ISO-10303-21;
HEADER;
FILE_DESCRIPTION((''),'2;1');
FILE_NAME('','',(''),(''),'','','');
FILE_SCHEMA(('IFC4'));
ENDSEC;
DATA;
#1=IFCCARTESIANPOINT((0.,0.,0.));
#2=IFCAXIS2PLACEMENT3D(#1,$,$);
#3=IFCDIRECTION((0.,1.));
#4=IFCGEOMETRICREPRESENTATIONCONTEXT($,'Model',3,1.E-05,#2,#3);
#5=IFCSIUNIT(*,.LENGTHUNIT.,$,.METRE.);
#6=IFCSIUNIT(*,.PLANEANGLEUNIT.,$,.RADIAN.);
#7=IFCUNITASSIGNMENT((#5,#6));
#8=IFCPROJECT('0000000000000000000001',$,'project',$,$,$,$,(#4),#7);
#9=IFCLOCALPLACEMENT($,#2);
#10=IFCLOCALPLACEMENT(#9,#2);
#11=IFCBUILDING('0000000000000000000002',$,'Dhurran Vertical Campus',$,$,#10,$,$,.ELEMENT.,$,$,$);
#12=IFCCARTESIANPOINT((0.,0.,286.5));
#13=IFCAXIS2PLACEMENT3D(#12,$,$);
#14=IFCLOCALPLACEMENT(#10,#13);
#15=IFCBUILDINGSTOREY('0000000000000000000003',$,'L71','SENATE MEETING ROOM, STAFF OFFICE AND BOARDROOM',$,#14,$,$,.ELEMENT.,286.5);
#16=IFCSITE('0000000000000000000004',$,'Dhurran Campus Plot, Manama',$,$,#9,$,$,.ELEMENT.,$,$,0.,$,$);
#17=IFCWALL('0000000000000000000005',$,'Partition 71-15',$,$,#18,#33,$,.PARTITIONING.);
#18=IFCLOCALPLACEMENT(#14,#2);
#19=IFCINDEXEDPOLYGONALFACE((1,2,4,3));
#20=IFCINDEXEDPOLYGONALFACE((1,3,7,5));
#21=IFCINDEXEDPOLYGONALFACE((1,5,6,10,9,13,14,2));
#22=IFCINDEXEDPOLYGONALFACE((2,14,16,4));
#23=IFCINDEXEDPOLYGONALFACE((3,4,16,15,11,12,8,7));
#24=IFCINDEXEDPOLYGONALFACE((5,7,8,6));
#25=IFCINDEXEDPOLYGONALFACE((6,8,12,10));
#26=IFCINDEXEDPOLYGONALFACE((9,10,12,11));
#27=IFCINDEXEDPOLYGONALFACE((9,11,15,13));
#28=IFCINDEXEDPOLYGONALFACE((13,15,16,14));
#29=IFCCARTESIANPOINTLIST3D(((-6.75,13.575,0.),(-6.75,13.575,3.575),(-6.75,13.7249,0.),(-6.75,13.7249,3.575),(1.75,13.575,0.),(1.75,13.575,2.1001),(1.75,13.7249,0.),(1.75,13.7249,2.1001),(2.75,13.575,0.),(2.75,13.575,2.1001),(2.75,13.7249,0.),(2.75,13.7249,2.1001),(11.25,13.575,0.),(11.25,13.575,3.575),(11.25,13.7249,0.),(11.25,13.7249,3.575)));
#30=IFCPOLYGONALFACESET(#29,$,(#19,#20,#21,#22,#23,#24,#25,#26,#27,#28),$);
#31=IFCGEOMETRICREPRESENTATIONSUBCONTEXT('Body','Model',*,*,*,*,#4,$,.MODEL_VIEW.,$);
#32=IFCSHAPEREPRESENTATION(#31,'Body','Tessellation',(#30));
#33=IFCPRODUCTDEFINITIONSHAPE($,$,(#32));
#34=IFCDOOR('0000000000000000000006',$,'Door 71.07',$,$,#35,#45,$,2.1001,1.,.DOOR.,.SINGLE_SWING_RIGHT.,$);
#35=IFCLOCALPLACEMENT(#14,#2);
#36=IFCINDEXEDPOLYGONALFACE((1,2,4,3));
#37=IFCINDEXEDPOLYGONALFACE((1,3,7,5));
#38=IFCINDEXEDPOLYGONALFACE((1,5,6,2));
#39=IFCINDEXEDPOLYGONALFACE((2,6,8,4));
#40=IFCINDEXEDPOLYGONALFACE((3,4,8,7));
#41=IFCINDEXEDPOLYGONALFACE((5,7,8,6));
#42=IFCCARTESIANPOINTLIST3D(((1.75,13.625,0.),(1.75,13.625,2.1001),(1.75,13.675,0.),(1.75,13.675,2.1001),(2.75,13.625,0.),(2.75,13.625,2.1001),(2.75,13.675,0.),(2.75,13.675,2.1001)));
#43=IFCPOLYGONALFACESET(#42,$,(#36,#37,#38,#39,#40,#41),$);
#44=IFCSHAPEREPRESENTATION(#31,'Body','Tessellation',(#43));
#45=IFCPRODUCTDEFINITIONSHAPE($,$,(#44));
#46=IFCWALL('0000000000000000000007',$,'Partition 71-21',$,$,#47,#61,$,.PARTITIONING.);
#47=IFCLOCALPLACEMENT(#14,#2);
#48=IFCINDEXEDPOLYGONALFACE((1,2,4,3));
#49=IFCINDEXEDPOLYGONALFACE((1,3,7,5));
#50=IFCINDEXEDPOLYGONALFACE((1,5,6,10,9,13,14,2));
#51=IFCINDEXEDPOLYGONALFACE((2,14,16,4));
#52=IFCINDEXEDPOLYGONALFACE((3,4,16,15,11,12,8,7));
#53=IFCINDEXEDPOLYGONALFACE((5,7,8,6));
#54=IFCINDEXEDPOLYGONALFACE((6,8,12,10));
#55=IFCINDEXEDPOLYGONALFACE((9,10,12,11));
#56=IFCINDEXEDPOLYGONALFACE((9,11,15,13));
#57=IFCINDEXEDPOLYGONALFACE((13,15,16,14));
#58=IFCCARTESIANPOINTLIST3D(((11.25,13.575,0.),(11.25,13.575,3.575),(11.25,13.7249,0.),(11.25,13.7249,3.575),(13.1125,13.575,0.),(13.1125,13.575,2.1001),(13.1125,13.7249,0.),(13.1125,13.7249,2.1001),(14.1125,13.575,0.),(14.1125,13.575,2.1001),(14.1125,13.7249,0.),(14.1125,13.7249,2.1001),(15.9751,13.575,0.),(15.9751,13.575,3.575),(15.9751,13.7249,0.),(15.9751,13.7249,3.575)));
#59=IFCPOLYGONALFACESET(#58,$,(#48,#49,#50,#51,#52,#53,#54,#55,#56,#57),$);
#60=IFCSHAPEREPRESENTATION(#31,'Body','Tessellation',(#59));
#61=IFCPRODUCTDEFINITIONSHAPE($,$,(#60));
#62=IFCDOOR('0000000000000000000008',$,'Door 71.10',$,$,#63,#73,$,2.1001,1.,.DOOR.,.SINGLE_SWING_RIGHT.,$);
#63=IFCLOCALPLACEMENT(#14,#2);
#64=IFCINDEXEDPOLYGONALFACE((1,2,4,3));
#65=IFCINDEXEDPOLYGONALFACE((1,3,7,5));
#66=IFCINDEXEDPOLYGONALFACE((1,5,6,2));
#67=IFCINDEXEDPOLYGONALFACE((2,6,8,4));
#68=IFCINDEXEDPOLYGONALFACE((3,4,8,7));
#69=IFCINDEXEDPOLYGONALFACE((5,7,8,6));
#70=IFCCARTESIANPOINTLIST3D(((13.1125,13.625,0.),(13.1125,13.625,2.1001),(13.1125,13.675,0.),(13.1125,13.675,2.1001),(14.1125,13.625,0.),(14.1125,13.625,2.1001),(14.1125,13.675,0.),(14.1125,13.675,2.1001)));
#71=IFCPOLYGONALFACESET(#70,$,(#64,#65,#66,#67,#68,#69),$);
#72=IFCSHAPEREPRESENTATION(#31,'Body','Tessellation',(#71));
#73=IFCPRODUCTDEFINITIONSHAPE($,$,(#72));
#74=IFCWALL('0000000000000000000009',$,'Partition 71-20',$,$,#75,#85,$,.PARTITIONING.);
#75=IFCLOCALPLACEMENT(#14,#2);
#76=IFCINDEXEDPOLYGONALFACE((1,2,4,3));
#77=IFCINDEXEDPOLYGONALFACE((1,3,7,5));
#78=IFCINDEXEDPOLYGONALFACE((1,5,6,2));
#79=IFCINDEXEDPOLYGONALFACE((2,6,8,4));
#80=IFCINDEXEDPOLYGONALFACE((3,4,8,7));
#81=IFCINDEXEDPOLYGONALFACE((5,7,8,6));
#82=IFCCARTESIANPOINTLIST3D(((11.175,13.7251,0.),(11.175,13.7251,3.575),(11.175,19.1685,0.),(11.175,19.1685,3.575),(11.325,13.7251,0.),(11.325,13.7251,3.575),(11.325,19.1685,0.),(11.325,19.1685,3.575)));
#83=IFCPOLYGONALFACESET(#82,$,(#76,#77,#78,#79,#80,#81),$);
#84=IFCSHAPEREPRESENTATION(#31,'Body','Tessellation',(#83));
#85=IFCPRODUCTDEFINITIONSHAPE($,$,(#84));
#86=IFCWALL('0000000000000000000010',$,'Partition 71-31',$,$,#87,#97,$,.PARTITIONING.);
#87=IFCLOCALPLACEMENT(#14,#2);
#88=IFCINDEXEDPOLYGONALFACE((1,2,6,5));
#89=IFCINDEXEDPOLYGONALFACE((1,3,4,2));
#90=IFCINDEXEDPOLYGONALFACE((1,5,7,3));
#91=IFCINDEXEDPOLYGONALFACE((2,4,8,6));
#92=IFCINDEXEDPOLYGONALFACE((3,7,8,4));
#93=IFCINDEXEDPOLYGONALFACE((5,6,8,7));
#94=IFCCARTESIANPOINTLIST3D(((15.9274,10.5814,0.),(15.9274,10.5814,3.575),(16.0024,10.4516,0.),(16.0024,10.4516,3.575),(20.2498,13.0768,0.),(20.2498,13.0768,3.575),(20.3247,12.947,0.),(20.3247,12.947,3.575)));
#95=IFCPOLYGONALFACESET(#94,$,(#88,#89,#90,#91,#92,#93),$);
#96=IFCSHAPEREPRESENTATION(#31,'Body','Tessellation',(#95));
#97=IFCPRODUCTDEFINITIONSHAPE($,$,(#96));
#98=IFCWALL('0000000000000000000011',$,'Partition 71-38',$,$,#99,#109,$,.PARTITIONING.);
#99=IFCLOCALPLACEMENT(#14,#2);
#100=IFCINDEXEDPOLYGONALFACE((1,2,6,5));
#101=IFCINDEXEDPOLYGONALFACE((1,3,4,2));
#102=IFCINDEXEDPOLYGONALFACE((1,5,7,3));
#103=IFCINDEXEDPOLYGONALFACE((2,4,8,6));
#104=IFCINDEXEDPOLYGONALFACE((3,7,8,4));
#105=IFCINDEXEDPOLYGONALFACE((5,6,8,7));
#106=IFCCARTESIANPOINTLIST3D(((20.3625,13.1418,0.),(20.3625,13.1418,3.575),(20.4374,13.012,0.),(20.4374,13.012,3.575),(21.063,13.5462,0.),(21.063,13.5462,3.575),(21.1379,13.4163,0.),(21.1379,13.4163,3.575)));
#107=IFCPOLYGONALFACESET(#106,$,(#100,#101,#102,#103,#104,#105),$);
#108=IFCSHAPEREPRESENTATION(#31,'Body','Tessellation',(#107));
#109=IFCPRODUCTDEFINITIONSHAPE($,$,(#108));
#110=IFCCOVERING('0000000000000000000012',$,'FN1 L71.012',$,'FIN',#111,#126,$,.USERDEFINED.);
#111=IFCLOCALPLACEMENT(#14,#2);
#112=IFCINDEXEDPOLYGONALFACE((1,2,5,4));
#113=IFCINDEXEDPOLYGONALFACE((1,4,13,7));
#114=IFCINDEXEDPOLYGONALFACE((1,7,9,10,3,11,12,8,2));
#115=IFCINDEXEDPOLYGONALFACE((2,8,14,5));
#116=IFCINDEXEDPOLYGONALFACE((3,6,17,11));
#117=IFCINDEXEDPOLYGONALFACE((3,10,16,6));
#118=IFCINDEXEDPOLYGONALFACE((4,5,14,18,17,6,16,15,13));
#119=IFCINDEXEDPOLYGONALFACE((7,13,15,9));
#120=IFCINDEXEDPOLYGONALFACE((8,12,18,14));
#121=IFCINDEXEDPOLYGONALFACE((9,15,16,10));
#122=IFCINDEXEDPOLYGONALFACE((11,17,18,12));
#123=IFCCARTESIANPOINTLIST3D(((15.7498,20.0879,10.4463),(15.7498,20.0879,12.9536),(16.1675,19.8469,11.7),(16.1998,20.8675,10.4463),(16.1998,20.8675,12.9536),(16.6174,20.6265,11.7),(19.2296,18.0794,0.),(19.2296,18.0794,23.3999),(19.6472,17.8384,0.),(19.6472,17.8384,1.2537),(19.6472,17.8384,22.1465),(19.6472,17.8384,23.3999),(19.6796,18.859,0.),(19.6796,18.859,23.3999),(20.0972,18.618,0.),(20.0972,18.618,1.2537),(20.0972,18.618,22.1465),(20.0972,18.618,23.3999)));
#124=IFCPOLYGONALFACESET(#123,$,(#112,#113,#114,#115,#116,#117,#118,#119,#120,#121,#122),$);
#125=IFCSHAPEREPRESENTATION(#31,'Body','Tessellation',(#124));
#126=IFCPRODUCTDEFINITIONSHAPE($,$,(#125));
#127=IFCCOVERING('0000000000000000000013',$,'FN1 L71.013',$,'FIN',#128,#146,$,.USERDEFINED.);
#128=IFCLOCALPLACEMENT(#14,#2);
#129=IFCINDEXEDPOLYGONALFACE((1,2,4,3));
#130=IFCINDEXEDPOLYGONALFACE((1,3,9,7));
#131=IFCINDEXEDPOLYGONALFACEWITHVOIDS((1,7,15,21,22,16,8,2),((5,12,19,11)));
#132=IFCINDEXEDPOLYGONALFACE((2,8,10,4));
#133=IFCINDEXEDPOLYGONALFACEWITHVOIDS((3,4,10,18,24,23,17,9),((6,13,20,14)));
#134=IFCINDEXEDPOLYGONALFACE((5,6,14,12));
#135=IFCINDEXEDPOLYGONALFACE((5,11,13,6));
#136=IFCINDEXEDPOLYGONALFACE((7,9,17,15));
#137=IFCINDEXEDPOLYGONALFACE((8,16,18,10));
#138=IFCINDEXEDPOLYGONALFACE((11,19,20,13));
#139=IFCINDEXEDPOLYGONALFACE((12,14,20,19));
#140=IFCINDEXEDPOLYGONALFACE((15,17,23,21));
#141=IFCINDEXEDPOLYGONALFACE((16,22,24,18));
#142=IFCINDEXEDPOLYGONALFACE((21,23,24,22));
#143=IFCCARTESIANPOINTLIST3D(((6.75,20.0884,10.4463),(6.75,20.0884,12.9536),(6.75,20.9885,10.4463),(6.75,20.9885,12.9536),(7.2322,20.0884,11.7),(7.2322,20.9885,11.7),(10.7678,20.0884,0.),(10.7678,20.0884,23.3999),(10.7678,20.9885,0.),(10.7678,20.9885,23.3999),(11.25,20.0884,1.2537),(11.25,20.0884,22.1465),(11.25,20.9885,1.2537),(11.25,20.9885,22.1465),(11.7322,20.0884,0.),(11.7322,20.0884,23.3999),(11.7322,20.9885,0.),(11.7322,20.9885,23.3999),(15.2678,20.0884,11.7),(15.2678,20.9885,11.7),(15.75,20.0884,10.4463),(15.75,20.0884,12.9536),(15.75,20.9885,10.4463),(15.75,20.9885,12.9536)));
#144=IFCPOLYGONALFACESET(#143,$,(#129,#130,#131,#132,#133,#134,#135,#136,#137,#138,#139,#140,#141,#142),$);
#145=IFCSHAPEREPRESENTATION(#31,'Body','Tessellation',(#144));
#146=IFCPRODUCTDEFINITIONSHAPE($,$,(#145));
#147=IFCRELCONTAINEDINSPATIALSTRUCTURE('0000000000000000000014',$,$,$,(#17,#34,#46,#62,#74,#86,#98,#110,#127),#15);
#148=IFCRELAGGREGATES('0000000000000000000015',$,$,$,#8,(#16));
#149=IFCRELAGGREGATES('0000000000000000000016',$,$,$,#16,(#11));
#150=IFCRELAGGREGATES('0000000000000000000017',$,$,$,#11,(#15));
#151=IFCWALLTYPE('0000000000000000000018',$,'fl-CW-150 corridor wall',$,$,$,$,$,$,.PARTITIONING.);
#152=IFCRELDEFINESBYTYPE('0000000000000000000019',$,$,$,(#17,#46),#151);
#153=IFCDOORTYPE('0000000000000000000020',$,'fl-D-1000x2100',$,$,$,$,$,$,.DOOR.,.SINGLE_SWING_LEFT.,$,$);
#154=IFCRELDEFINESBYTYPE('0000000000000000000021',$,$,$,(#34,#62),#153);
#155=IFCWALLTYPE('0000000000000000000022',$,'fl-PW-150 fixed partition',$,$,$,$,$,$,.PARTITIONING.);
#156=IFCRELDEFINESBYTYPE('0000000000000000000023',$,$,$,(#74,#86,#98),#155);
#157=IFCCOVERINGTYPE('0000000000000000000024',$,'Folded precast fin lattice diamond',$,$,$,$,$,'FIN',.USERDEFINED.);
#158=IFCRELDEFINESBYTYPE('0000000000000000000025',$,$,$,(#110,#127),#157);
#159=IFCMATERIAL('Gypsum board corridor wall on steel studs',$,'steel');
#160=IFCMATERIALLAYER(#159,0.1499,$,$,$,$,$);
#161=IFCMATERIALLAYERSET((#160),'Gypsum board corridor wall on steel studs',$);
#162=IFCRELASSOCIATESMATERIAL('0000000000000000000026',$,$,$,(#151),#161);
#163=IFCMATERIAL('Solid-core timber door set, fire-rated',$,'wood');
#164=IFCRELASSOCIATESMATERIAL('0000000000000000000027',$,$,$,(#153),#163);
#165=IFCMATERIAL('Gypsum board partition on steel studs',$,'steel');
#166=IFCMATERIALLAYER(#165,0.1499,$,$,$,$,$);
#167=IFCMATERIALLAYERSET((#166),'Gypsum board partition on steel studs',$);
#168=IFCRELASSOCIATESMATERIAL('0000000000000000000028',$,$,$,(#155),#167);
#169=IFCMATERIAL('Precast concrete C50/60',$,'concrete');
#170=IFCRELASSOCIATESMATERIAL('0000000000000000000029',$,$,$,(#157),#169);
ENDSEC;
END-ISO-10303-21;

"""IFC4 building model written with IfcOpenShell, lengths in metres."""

from ifc_helpers import new_model, si_unit, direction, frame, frame_2d, origin, place, context, subcontext, project, spatial, polyline, rectangle, outline, extrude, material, layer, layer_set, type_object, element, fill, save


model = new_model("IFC4")

# Units and contexts
model_context = context("Model", 3, precision=1e-05, world=origin(), true_north=direction((0.0, 1.0)))
body_context = subcontext(model_context, "Body", "Model", "MODEL_VIEW")
ifc_project = project(units=[si_unit("LENGTHUNIT", "METRE"), si_unit("PLANEANGLEUNIT", "RADIAN")], contexts=[model_context])

# Site, building, storey
site_placement = place(None, origin())
site = spatial("IfcSite", under=ifc_project, at=site_placement, Name="Dhurran Campus Plot, Manama", CompositionType="ELEMENT", RefElevation=0.0)
building_placement = place(site_placement, origin())
building = spatial("IfcBuilding", under=site, at=building_placement, Name="Dhurran Vertical Campus", CompositionType="ELEMENT")
storey_placement = place(building_placement, frame((0.0, 0.0, 286.5)))
storey = spatial("IfcBuildingStorey", under=building, at=storey_placement, Name="L71", Description="SENATE MEETING ROOM, STAFF OFFICE AND BOARDROOM", CompositionType="ELEMENT", Elevation=286.5)

# Walls, openings, doors
ifc_material_1 = material(Name="Gypsum board corridor wall on steel studs", Category="steel")
ifc_layer_1 = layer(ifc_material_1, 0.1499)
ifc_layer_set_1 = layer_set([ifc_layer_1], Name="Gypsum board corridor wall on steel studs")
wall_type_1 = type_object("IfcWallType", Name="fl-CW-150 corridor wall", PredefinedType="PARTITIONING", material=ifc_layer_set_1)
wall_1_placement = place(storey_placement, frame((11.25, 13.6499, 0.0), z_axis=(0.0, 0.0, 1.0), x_axis=(-1.0, 0.0, 0.0)))
wall_1 = element("IfcWall", 1, at=wall_1_placement, inside=storey, type_object=wall_type_1, Name="Partition 71-15", PredefinedType="PARTITIONING", context=body_context, shape_type="SweptSolid", body=[
    extrude(rectangle(XDim=18.0, YDim=0.1499, at=frame_2d((9.0, 0.0))), origin(), (0.0, 0.0, 1.0), 3.575),
])
opening_1_placement = place(wall_1_placement, frame((8.5, 0.0, 0.0)))
opening_1 = element("IfcOpeningElement", 2, at=opening_1_placement, cuts=wall_1, PredefinedType="OPENING", context=body_context, shape_type="SweptSolid", body=[
    extrude(rectangle(XDim=1.0, YDim=2.1001, at=frame_2d((0.5, 1.05))), frame((0.0, 0.085, 0.0), z_axis=(0.0, -1.0, 0.0), x_axis=(1.0, 0.0, 0.0)), (0.0, 0.0, 1.0), 0.1699),
])
ifc_material_2 = material(Name="Solid-core timber door set, fire-rated", Category="wood")
door_type = type_object("IfcDoorType", Name="fl-D-1000x2100", OperationType="SINGLE_SWING_LEFT", PredefinedType="DOOR", material=ifc_material_2)
door_1_placement = place(opening_1_placement, origin())
door_1 = element("IfcDoor", 3, at=door_1_placement, inside=storey, type_object=door_type, Name="Door 71.07", OperationType="SINGLE_SWING_RIGHT", OverallHeight=2.1001, OverallWidth=1.0, PredefinedType="DOOR", context=body_context, shape_type="SweptSolid", body=[
    extrude(rectangle(XDim=1.0, YDim=2.1001, at=frame_2d((0.5, 1.05))), frame((0.0, 0.0249, 0.0), z_axis=(0.0, -1.0, 0.0), x_axis=(1.0, 0.0, 0.0)), (0.0, 0.0, 1.0), 0.05),
])
fill(opening_1, door_1)
wall_2_placement = place(storey_placement, frame((15.9751, 13.6499, 0.0), z_axis=(0.0, 0.0, 1.0), x_axis=(-1.0, 0.0, 0.0)))
wall_2 = element("IfcWall", 4, at=wall_2_placement, inside=storey, type_object=wall_type_1, Name="Partition 71-21", PredefinedType="PARTITIONING", context=body_context, shape_type="SweptSolid", body=[
    extrude(rectangle(XDim=4.7251, YDim=0.1499, at=frame_2d((2.3625, 0.0))), origin(), (0.0, 0.0, 1.0), 3.575),
])
opening_2_placement = place(wall_2_placement, frame((1.8625, 0.0, 0.0)))
opening_2 = element("IfcOpeningElement", 5, at=opening_2_placement, cuts=wall_2, PredefinedType="OPENING", context=body_context, shape_type="SweptSolid", body=[
    extrude(rectangle(XDim=1.0, YDim=2.1001, at=frame_2d((0.5, 1.05))), frame((0.0, 0.085, 0.0), z_axis=(0.0, -1.0, 0.0), x_axis=(1.0, 0.0, 0.0)), (0.0, 0.0, 1.0), 0.1699),
])
door_2_placement = place(opening_2_placement, origin())
door_2 = element("IfcDoor", 6, at=door_2_placement, inside=storey, type_object=door_type, Name="Door 71.10", OperationType="SINGLE_SWING_RIGHT", OverallHeight=2.1001, OverallWidth=1.0, PredefinedType="DOOR", context=body_context, shape_type="SweptSolid", body=[
    extrude(rectangle(XDim=1.0, YDim=2.1001, at=frame_2d((0.5, 1.05))), frame((0.0, 0.0249, 0.0), z_axis=(0.0, -1.0, 0.0), x_axis=(1.0, 0.0, 0.0)), (0.0, 0.0, 1.0), 0.05),
])
fill(opening_2, door_2)

# Walls
ifc_material_3 = material(Name="Gypsum board partition on steel studs", Category="steel")
ifc_layer_2 = layer(ifc_material_3, 0.1499)
ifc_layer_set_2 = layer_set([ifc_layer_2], Name="Gypsum board partition on steel studs")
wall_type_2 = type_object("IfcWallType", Name="fl-PW-150 fixed partition", PredefinedType="PARTITIONING", material=ifc_layer_set_2)
wall_3_placement = place(storey_placement, frame((11.25, 19.1685, 0.0), z_axis=(0.0, 0.0, 1.0), x_axis=(0.0, -1.0, 0.0)))
element("IfcWall", 7, at=wall_3_placement, inside=storey, type_object=wall_type_2, Name="Partition 71-20", PredefinedType="PARTITIONING", context=body_context, shape_type="SweptSolid", body=[
    extrude(rectangle(XDim=5.4434, YDim=0.1499, at=frame_2d((2.7217, 0.0))), origin(), (0.0, 0.0, 1.0), 3.575),
])
wall_4_placement = place(storey_placement, frame((20.2874, 13.012, 0.0), z_axis=(0.0, 0.0, 1.0), x_axis=(-0.866034, -0.499985, 0.0)))
element("IfcWall", 8, at=wall_4_placement, inside=storey, type_object=wall_type_2, Name="Partition 71-31", PredefinedType="PARTITIONING", context=body_context, shape_type="SweptSolid", body=[
    extrude(rectangle(XDim=4.991, YDim=0.1499, at=frame_2d((2.4956, 0.0))), origin(), (0.0, 0.0, 1.0), 3.575),
])
wall_5_placement = place(storey_placement, frame((21.1003, 13.4812, 0.0), z_axis=(0.0, 0.0, 1.0), x_axis=(-0.86608, -0.499905, 0.0)))
element("IfcWall", 9, at=wall_5_placement, inside=storey, type_object=wall_type_2, Name="Partition 71-38", PredefinedType="PARTITIONING", context=body_context, shape_type="SweptSolid", body=[
    extrude(rectangle(XDim=0.8088, YDim=0.1499, at=frame_2d((0.4043, 0.0))), origin(), (0.0, 0.0, 1.0), 3.575),
])

# Coverings
ifc_material_4 = material(Name="Precast concrete C50/60", Category="concrete")
covering_type = type_object("IfcCoveringType", Name="Folded precast fin lattice diamond", ElementType="FIN", PredefinedType="USERDEFINED", material=ifc_material_4)
covering_1_placement = place(storey_placement, frame((19.6472, 17.8384, 0.0), z_axis=(0.499902, 0.866082, 0.0), x_axis=(-0.866082, 0.499902, 0.0)))
element("IfcCovering", 10, at=covering_1_placement, inside=storey, type_object=covering_type, Name="FN1 L71.012", ObjectType="FIN", PredefinedType="USERDEFINED", context=body_context, shape_type="SweptSolid", body=[
    extrude(outline(polyline([(4.5, 10.4463), (0.4822, 0.0), (0.0, 0.0), (0.0, 1.2537), (4.0178, 11.7), (0.0, 22.1465), (0.0, 23.3999), (0.4822, 23.3999), (4.5, 12.9536), (4.5, 10.4463)])), origin(), (0.0, 0.0, 1.0), 0.9001),
])
covering_2_placement = place(storey_placement, frame((15.75, 20.0884, 0.0), z_axis=(0.0, 1.0, 0.0), x_axis=(-1.0, 0.0, 0.0)))
element("IfcCovering", 11, at=covering_2_placement, inside=storey, type_object=covering_type, Name="FN1 L71.013", ObjectType="FIN", PredefinedType="USERDEFINED", context=body_context, shape_type="SweptSolid", body=[
    extrude(outline(polyline([(9.0, 12.9536), (9.0, 10.4463), (4.9822, 0.0), (4.0178, 0.0), (0.0, 10.4463), (0.0, 12.9536), (4.0178, 23.3999), (4.9822, 23.3999), (9.0, 12.9536)]), holes=[polyline([(8.5178, 11.7), (4.5, 22.1465), (0.4822, 11.7), (4.5, 1.2537), (8.5178, 11.7)])]), origin(), (0.0, 0.0, 1.0), 0.9001),
])

save(model, "model.ifc")
